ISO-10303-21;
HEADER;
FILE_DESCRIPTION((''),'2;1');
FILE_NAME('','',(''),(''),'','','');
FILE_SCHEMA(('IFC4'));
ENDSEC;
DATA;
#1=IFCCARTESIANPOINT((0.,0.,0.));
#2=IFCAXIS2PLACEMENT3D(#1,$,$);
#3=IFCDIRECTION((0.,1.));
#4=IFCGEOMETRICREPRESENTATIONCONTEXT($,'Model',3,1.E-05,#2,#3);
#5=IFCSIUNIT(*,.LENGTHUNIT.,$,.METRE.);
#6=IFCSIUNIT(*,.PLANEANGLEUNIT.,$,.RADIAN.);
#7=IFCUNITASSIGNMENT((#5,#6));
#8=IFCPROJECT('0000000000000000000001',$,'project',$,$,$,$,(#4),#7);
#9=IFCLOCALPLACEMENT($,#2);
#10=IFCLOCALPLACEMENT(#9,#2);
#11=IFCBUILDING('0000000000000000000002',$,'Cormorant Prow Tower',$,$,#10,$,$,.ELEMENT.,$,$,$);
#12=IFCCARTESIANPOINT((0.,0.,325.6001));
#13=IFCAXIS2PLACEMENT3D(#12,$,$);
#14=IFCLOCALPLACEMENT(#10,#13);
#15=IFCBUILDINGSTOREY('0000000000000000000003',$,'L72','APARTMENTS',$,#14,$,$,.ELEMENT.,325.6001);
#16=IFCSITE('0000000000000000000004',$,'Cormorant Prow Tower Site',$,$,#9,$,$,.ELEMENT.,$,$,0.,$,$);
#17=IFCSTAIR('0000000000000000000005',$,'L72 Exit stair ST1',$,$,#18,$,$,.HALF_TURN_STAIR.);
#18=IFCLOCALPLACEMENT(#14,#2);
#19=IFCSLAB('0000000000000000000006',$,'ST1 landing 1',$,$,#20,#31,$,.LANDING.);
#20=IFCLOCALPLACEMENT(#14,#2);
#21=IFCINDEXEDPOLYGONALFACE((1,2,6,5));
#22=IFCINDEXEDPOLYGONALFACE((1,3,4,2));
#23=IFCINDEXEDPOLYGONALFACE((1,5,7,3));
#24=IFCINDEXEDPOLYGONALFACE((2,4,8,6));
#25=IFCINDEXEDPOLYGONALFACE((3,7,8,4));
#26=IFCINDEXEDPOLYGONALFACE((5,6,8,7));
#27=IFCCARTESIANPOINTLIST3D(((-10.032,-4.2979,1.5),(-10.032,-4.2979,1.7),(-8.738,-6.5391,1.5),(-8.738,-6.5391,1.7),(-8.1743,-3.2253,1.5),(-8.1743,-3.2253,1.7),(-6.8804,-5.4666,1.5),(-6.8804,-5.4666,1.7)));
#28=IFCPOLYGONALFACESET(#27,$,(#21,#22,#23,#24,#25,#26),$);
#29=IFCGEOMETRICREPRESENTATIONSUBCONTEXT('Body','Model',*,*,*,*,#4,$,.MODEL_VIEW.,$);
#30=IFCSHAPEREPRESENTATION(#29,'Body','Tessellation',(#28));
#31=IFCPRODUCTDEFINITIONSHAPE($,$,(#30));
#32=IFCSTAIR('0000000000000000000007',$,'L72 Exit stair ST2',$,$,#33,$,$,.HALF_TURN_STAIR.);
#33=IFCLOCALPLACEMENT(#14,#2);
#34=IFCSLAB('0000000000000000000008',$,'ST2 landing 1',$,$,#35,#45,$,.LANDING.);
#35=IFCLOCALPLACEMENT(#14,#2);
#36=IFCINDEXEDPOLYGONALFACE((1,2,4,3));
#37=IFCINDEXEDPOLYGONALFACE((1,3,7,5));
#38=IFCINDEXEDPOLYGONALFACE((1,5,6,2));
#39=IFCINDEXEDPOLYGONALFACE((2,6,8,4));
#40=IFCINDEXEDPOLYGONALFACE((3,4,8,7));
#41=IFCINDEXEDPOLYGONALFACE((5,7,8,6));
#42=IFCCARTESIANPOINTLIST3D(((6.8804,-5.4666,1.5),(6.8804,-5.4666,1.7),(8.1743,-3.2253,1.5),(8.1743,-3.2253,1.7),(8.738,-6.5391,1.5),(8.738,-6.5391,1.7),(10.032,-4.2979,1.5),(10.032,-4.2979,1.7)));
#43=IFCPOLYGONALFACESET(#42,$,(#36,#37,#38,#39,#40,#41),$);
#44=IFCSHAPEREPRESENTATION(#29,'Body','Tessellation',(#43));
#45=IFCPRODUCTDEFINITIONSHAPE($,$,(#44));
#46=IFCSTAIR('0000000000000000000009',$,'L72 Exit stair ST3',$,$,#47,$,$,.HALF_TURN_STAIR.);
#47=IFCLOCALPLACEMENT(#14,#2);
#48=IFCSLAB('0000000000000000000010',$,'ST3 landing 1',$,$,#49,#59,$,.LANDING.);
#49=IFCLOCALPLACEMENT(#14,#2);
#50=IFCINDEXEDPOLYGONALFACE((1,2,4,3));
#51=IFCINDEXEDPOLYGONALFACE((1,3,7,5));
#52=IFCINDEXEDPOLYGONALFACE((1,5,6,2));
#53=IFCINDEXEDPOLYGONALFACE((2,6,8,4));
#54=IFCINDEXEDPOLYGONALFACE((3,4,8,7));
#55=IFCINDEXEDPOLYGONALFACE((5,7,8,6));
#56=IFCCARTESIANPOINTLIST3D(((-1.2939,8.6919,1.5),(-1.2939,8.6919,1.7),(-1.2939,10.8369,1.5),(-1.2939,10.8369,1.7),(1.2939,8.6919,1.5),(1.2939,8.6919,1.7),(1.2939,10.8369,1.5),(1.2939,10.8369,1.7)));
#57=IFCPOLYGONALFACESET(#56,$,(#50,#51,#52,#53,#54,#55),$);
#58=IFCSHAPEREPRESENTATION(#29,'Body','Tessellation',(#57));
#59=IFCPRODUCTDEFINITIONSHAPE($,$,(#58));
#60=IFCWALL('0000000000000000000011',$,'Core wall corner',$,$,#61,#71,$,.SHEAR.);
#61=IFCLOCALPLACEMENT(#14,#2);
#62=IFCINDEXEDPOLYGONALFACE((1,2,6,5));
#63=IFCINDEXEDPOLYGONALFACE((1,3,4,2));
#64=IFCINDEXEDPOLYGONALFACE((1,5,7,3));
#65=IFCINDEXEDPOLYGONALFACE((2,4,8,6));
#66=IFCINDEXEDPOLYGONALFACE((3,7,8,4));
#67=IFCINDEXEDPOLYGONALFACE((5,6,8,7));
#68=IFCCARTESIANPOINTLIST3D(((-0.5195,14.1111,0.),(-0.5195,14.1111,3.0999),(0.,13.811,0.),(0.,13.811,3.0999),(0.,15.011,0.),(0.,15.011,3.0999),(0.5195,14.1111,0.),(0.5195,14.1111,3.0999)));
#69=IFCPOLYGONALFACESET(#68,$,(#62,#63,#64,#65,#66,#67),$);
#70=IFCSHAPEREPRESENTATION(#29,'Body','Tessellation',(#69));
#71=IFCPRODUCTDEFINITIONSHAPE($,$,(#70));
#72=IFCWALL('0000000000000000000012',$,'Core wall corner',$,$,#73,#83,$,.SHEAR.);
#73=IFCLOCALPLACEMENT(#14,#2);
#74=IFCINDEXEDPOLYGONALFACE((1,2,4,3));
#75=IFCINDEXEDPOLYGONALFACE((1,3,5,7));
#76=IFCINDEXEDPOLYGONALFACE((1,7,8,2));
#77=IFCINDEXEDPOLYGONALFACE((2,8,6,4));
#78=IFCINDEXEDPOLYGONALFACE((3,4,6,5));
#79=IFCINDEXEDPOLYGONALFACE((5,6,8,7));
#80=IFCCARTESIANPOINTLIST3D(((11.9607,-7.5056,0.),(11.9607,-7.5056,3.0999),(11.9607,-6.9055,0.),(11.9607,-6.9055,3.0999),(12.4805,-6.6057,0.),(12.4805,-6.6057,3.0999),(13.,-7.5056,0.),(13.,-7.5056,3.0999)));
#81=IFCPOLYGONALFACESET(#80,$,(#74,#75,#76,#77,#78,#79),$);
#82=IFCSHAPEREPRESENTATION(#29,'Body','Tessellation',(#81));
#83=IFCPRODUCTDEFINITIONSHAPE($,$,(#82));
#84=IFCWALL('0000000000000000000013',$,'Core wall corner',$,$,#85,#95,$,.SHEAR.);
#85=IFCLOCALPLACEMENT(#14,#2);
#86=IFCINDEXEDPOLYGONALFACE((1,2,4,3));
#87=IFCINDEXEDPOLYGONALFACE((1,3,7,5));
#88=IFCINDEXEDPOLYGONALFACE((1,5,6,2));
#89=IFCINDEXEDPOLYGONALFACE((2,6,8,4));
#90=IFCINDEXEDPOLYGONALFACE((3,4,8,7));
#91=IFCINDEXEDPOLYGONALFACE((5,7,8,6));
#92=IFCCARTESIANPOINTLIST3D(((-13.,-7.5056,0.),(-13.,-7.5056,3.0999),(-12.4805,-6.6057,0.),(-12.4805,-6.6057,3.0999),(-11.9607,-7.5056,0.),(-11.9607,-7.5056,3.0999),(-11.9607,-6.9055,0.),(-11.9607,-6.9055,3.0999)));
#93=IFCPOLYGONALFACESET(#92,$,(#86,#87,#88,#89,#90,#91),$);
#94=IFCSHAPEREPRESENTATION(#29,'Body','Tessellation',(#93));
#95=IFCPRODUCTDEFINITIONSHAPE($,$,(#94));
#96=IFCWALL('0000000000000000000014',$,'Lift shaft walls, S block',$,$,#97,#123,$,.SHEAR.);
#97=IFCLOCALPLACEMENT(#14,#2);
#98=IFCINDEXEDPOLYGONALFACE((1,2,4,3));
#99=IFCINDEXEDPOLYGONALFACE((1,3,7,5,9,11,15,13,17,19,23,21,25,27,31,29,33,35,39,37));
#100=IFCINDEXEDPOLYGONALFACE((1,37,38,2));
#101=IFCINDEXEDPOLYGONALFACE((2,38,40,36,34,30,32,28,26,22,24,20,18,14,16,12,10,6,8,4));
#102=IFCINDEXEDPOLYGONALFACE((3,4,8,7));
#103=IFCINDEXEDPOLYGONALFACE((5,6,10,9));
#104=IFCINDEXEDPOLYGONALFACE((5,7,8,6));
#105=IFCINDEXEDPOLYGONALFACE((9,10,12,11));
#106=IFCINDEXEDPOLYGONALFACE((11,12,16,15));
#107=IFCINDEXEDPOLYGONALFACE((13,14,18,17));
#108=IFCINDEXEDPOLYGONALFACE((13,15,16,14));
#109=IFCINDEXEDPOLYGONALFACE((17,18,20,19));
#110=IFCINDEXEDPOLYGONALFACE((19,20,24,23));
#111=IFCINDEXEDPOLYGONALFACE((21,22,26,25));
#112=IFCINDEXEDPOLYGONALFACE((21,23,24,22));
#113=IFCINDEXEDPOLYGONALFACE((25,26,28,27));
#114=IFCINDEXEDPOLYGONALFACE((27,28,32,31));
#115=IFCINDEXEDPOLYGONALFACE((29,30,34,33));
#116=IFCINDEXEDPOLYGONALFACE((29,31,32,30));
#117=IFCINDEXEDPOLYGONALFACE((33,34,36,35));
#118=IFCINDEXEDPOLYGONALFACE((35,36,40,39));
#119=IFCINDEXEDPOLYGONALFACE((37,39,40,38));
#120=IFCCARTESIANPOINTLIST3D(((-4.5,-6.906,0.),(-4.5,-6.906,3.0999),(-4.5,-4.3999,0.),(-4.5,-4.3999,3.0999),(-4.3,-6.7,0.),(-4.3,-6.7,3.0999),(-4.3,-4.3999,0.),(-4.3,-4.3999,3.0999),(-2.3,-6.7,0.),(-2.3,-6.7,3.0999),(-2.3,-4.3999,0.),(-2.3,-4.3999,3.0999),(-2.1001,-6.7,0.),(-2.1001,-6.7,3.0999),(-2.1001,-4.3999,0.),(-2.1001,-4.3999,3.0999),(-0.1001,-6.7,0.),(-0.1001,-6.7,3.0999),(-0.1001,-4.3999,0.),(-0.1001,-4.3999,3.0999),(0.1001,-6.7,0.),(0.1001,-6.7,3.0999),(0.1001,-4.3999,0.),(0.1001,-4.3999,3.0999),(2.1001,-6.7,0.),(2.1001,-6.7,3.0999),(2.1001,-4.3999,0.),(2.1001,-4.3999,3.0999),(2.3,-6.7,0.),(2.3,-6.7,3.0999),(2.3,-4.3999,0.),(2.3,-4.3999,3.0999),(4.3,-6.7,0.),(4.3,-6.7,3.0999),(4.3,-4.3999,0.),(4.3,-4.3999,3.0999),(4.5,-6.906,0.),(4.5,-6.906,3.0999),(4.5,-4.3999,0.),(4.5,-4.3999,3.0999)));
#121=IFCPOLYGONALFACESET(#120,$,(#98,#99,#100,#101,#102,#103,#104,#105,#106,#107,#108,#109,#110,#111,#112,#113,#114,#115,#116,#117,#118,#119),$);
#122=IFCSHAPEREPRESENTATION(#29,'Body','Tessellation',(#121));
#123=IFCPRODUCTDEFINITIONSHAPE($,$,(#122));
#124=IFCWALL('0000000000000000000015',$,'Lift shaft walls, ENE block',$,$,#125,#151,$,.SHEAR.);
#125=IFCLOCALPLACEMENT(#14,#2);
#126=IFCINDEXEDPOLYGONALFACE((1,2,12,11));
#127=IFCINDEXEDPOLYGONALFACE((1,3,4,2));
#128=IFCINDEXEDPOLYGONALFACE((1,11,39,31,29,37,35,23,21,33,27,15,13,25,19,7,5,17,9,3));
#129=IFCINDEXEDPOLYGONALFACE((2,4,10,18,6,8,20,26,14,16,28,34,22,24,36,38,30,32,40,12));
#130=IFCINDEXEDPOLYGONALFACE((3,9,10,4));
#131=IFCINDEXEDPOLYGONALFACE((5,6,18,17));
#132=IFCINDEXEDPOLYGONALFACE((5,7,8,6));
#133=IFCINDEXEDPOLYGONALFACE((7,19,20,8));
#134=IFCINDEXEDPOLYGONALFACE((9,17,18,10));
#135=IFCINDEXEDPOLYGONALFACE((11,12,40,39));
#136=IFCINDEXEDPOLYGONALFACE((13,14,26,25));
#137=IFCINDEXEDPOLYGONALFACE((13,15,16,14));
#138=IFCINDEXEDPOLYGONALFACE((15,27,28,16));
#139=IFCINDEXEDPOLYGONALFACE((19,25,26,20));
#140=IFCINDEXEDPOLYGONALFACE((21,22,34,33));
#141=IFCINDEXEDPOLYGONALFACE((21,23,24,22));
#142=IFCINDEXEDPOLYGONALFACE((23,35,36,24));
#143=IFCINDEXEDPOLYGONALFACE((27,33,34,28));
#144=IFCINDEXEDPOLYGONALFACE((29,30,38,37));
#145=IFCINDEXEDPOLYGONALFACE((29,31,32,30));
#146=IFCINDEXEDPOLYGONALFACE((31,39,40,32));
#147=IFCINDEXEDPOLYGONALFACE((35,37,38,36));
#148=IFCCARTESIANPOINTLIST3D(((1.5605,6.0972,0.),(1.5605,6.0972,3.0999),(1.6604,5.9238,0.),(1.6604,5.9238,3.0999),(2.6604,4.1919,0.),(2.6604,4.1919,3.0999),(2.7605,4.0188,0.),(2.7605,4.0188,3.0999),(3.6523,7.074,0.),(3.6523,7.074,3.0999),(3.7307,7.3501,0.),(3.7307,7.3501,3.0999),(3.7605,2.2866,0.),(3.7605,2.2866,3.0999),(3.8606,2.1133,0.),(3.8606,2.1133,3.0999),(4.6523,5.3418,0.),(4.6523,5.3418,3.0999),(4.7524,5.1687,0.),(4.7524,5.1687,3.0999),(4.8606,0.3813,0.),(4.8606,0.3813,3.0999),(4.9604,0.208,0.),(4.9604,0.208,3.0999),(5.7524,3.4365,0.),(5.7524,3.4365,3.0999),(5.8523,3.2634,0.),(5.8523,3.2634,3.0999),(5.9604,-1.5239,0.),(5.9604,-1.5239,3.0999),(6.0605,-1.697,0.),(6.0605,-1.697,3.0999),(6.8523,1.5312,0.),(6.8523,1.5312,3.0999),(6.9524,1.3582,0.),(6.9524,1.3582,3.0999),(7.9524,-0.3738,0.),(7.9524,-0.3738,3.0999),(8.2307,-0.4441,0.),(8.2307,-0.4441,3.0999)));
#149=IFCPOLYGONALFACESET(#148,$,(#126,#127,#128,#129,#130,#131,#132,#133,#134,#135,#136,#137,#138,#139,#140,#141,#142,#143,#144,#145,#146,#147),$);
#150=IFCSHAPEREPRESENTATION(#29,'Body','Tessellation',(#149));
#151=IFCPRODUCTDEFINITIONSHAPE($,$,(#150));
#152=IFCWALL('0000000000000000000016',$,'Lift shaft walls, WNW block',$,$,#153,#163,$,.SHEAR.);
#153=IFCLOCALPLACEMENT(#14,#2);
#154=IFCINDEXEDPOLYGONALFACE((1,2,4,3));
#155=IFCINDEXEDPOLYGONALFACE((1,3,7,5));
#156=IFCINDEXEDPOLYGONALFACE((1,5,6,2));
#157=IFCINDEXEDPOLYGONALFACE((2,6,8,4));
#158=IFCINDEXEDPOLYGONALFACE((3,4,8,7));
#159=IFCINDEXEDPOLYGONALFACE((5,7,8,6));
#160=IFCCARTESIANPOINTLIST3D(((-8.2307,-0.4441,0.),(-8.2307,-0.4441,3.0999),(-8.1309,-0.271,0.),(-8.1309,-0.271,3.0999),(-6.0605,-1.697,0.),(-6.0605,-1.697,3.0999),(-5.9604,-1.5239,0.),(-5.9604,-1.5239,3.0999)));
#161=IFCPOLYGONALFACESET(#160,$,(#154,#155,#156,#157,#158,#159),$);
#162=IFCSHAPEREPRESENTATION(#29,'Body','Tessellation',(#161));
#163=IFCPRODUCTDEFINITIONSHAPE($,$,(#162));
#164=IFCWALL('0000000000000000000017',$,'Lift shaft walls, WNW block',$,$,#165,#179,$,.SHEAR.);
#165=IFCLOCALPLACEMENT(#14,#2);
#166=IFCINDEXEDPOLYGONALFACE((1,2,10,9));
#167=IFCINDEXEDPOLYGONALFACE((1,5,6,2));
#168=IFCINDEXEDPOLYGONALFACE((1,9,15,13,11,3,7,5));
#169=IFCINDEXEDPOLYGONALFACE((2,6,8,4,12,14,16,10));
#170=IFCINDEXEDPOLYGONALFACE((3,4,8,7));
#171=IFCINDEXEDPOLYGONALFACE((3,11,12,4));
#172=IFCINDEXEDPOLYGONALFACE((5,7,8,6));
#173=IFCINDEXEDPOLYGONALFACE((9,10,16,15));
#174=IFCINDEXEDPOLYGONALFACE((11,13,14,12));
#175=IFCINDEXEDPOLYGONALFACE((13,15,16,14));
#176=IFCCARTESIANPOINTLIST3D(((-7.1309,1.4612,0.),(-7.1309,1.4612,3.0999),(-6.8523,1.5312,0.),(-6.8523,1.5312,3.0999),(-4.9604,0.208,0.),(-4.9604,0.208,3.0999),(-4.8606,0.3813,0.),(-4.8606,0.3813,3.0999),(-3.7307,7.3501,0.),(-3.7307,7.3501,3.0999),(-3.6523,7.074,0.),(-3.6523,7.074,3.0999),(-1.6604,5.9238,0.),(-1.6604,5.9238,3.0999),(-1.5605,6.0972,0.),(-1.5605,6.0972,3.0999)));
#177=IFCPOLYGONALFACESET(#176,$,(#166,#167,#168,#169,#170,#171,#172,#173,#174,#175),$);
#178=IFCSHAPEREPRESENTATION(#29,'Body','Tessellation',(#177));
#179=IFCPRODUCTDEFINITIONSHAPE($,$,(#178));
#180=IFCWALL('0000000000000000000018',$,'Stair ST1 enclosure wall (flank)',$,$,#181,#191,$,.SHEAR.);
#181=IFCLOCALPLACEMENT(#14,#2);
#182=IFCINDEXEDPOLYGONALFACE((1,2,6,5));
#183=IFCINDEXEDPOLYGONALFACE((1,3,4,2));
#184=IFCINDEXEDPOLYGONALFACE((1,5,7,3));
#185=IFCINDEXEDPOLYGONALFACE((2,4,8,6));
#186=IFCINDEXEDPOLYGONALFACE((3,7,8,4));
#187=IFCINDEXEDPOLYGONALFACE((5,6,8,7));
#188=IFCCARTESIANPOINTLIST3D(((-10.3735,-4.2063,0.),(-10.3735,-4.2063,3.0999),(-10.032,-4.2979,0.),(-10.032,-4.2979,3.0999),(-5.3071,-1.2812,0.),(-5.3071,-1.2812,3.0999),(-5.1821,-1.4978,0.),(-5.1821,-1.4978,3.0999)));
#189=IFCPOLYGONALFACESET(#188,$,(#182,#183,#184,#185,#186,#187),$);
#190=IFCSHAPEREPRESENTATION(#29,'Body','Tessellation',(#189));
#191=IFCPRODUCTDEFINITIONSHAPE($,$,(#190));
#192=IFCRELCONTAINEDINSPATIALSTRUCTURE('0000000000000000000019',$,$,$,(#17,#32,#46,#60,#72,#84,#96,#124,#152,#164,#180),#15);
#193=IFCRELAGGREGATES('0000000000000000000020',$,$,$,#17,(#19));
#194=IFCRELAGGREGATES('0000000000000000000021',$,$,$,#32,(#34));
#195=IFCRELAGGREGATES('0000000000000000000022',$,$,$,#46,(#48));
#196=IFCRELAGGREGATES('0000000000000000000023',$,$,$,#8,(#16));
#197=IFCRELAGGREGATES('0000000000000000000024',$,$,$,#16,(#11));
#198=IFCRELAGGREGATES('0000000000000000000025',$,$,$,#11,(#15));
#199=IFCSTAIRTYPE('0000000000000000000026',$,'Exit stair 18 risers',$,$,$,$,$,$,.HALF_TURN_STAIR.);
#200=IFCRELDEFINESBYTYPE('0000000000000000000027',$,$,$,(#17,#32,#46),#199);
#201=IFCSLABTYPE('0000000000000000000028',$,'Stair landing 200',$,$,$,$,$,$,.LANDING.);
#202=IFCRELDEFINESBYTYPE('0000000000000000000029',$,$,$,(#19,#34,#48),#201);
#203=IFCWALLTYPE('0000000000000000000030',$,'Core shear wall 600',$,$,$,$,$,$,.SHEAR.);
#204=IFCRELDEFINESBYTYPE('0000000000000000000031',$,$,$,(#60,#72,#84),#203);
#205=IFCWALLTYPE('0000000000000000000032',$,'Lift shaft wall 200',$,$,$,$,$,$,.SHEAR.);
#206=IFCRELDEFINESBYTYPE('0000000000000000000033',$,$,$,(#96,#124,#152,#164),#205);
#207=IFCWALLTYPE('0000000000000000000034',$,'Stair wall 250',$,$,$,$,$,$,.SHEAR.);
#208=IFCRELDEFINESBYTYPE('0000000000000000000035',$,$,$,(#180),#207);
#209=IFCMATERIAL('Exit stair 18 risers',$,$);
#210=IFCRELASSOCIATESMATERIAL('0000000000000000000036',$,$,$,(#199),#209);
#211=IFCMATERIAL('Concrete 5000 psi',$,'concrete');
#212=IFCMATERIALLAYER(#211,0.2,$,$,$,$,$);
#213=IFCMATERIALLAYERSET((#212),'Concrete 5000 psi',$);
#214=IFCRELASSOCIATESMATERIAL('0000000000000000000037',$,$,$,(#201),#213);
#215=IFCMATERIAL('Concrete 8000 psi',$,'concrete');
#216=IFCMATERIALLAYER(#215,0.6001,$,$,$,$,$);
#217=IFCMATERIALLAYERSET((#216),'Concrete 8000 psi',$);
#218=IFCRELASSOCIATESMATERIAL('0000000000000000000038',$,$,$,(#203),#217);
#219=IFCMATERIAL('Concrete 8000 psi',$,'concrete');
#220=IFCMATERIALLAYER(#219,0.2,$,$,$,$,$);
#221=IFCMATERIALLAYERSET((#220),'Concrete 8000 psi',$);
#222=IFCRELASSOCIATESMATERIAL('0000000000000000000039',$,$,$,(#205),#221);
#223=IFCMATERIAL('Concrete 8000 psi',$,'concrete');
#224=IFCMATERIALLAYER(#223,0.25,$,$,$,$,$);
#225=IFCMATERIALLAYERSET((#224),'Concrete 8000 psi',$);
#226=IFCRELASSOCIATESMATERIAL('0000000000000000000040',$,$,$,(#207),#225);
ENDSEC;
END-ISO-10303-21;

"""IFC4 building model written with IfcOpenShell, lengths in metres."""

from ifc_helpers import new_model, si_unit, direction, frame, origin, place, context, subcontext, project, spatial, polyline, outline, extrude, material, layer, layer_set, type_object, element, aggregate, save


model = new_model("IFC4")

# Units and contexts
model_context = context("Model", 3, precision=1e-05, world=origin(), true_north=direction((0.0, 1.0)))
body_context = subcontext(model_context, "Body", "Model", "MODEL_VIEW")
ifc_project = project(units=[si_unit("LENGTHUNIT", "METRE"), si_unit("PLANEANGLEUNIT", "RADIAN")], contexts=[model_context])

# Site, building, storey
site_placement = place(None, origin())
site = spatial("IfcSite", under=ifc_project, at=site_placement, Name="Cormorant Prow Tower Site", CompositionType="ELEMENT", RefElevation=0.0)
building_placement = place(site_placement, origin())
building = spatial("IfcBuilding", under=site, at=building_placement, Name="Cormorant Prow Tower", CompositionType="ELEMENT")
storey_placement = place(building_placement, frame((0.0, 0.0, 325.6001)))
storey = spatial("IfcBuildingStorey", under=building, at=storey_placement, Name="L72", Description="APARTMENTS", CompositionType="ELEMENT", Elevation=325.6001)

# Stairs, slabs
ifc_material_1 = material(Name="Exit stair 18 risers")
stair_type = type_object("IfcStairType", Name="Exit stair 18 risers", PredefinedType="HALF_TURN_STAIR", material=ifc_material_1)
stair_1_placement = place(storey_placement, origin())
stair_1 = element("IfcStair", 1, at=stair_1_placement, inside=storey, type_object=stair_type, Name="L72 Exit stair ST1", PredefinedType="HALF_TURN_STAIR")
ifc_material_2 = material(Name="Concrete 5000 psi", Category="concrete")
ifc_layer_1 = layer(ifc_material_2, 0.2)
ifc_layer_set_1 = layer_set([ifc_layer_1], Name="Concrete 5000 psi")
slab_type = type_object("IfcSlabType", Name="Stair landing 200", PredefinedType="LANDING", material=ifc_layer_set_1)
slab_1_placement = place(storey_placement, frame((0.0, 0.0, 1.5)))
slab_1 = element("IfcSlab", 2, at=slab_1_placement, type_object=slab_type, Name="ST1 landing 1", PredefinedType="LANDING", context=body_context, shape_type="SweptSolid", body=[
    extrude(outline(polyline([(-8.1743, -3.2253), (-10.032, -4.2979), (-8.738, -6.5391), (-6.8804, -5.4666), (-8.1743, -3.2253)])), origin(), (0.0, 0.0, 1.0), 0.2),
])
aggregate(stair_1, [slab_1])
stair_2_placement = place(storey_placement, origin())
stair_2 = element("IfcStair", 3, at=stair_2_placement, inside=storey, type_object=stair_type, Name="L72 Exit stair ST2", PredefinedType="HALF_TURN_STAIR")
slab_2_placement = place(storey_placement, frame((0.0, 0.0, 1.5)))
slab_2 = element("IfcSlab", 4, at=slab_2_placement, type_object=slab_type, Name="ST2 landing 1", PredefinedType="LANDING", context=body_context, shape_type="SweptSolid", body=[
    extrude(outline(polyline([(6.8804, -5.4666), (8.738, -6.5391), (10.032, -4.2979), (8.1743, -3.2253), (6.8804, -5.4666)])), origin(), (0.0, 0.0, 1.0), 0.2),
])
aggregate(stair_2, [slab_2])
stair_3_placement = place(storey_placement, origin())
stair_3 = element("IfcStair", 5, at=stair_3_placement, inside=storey, type_object=stair_type, Name="L72 Exit stair ST3", PredefinedType="HALF_TURN_STAIR")
slab_3_placement = place(storey_placement, frame((0.0, 0.0, 1.5)))
slab_3 = element("IfcSlab", 6, at=slab_3_placement, type_object=slab_type, Name="ST3 landing 1", PredefinedType="LANDING", context=body_context, shape_type="SweptSolid", body=[
    extrude(outline(polyline([(1.2939, 8.6919), (1.2939, 10.8369), (-1.2939, 10.8369), (-1.2939, 8.6919), (1.2939, 8.6919)])), origin(), (0.0, 0.0, 1.0), 0.2),
])

# Walls
ifc_material_3 = material(Name="Concrete 8000 psi", Category="concrete")
ifc_layer_2 = layer(ifc_material_3, 0.6001)
ifc_layer_set_2 = layer_set([ifc_layer_2], Name="Concrete 8000 psi")
wall_type_1 = type_object("IfcWallType", Name="Core shear wall 600", PredefinedType="SHEAR", material=ifc_layer_set_2)
wall_1_placement = place(storey_placement, origin())
element("IfcWall", 7, at=wall_1_placement, inside=storey, type_object=wall_type_1, Name="Core wall corner", PredefinedType="SHEAR", context=body_context, shape_type="SweptSolid", body=[
    extrude(outline(polyline([(-0.5195, 14.1111), (0.0, 15.011), (0.5195, 14.1111), (0.0, 13.811), (-0.5195, 14.1111)])), origin(), (0.0, 0.0, 1.0), 3.0999),
])
wall_2_placement = place(storey_placement, origin())
element("IfcWall", 8, at=wall_2_placement, inside=storey, type_object=wall_type_1, Name="Core wall corner", PredefinedType="SHEAR", context=body_context, shape_type="SweptSolid", body=[
    extrude(outline(polyline([(11.9607, -7.5056), (11.9607, -6.9055), (12.4805, -6.6057), (13.0, -7.5056), (11.9607, -7.5056)])), origin(), (0.0, 0.0, 1.0), 3.0999),
])
wall_3_placement = place(storey_placement, origin())
element("IfcWall", 9, at=wall_3_placement, inside=storey, type_object=wall_type_1, Name="Core wall corner", PredefinedType="SHEAR", context=body_context, shape_type="SweptSolid", body=[
    extrude(outline(polyline([(-12.4805, -6.6057), (-11.9607, -6.9055), (-11.9607, -7.5056), (-13.0, -7.5056), (-12.4805, -6.6057)])), origin(), (0.0, 0.0, 1.0), 3.0999),
])
ifc_material_4 = material(Name="Concrete 8000 psi", Category="concrete")
ifc_layer_3 = layer(ifc_material_4, 0.2)
ifc_layer_set_3 = layer_set([ifc_layer_3], Name="Concrete 8000 psi")
wall_type_2 = type_object("IfcWallType", Name="Lift shaft wall 200", PredefinedType="SHEAR", material=ifc_layer_set_3)
wall_4_placement = place(storey_placement, origin())
element("IfcWall", 10, at=wall_4_placement, inside=storey, type_object=wall_type_2, Name="Lift shaft walls, S block", PredefinedType="SHEAR", context=body_context, shape_type="SweptSolid", body=[
    extrude(outline(polyline([(4.5, -4.3999), (4.5, -6.906), (-4.5, -6.906), (-4.5, -4.3999), (-4.3, -4.3999), (-4.3, -6.7), (-2.3, -6.7), (-2.3, -4.3999), (-2.1001, -4.3999), (-2.1001, -6.7), (-0.1001, -6.7), (-0.1001, -4.3999), (0.1001, -4.3999), (0.1001, -6.7), (2.1001, -6.7), (2.1001, -4.3999), (2.3, -4.3999), (2.3, -6.7), (4.3, -6.7), (4.3, -4.3999), (4.5, -4.3999)])), origin(), (0.0, 0.0, 1.0), 3.0999),
])
wall_5_placement = place(storey_placement, origin())
element("IfcWall", 11, at=wall_5_placement, inside=storey, type_object=wall_type_2, Name="Lift shaft walls, ENE block", PredefinedType="SHEAR", context=body_context, shape_type="SweptSolid", body=[
    extrude(outline(polyline([(1.5605, 6.0972), (3.7307, 7.3501), (8.2307, -0.4441), (6.0605, -1.697), (5.9604, -1.5239), (7.9524, -0.3738), (6.9524, 1.3582), (4.9604, 0.208), (4.8606, 0.3813), (6.8523, 1.5312), (5.8523, 3.2634), (3.8606, 2.1133), (3.7605, 2.2866), (5.7524, 3.4365), (4.7524, 5.1687), (2.7605, 4.0188), (2.6604, 4.1919), (4.6523, 5.3418), (3.6523, 7.074), (1.6604, 5.9238), (1.5605, 6.0972)])), origin(), (0.0, 0.0, 1.0), 3.0999),
])
wall_6_placement = place(storey_placement, origin())
element("IfcWall", 12, at=wall_6_placement, inside=storey, type_object=wall_type_2, Name="Lift shaft walls, WNW block", PredefinedType="SHEAR", context=body_context, shape_type="SweptSolid", body=[
    extrude(outline(polyline([(-6.0605, -1.697), (-8.2307, -0.4441), (-8.1309, -0.271), (-5.9604, -1.5239), (-6.0605, -1.697)])), origin(), (0.0, 0.0, 1.0), 3.0999),
])
wall_7_placement = place(storey_placement, origin())
element("IfcWall", 13, at=wall_7_placement, inside=storey, type_object=wall_type_2, Name="Lift shaft walls, WNW block", PredefinedType="SHEAR", context=body_context, shape_type="SweptSolid", body=[
    extrude(outline(polyline([(-4.9604, 0.208), (-7.1309, 1.4612), (-3.7307, 7.3501), (-1.5605, 6.0972), (-1.6604, 5.9238), (-3.6523, 7.074), (-6.8523, 1.5312), (-4.8606, 0.3813), (-4.9604, 0.208)])), origin(), (0.0, 0.0, 1.0), 3.0999),
])
ifc_material_5 = material(Name="Concrete 8000 psi", Category="concrete")
ifc_layer_4 = layer(ifc_material_5, 0.25)
ifc_layer_set_4 = layer_set([ifc_layer_4], Name="Concrete 8000 psi")
wall_type_3 = type_object("IfcWallType", Name="Stair wall 250", PredefinedType="SHEAR", material=ifc_layer_set_4)
wall_8_placement = place(storey_placement, origin())
element("IfcWall", 14, at=wall_8_placement, inside=storey, type_object=wall_type_3, Name="Stair ST1 enclosure wall (flank)", PredefinedType="SHEAR", context=body_context, shape_type="SweptSolid", body=[
    extrude(outline(polyline([(-5.3071, -1.2812), (-10.3735, -4.2063), (-10.032, -4.2979), (-5.1821, -1.4978), (-5.3071, -1.2812)])), origin(), (0.0, 0.0, 1.0), 3.0999),
])

aggregate(stair_3, [slab_3])

save(model, "model.ifc")
